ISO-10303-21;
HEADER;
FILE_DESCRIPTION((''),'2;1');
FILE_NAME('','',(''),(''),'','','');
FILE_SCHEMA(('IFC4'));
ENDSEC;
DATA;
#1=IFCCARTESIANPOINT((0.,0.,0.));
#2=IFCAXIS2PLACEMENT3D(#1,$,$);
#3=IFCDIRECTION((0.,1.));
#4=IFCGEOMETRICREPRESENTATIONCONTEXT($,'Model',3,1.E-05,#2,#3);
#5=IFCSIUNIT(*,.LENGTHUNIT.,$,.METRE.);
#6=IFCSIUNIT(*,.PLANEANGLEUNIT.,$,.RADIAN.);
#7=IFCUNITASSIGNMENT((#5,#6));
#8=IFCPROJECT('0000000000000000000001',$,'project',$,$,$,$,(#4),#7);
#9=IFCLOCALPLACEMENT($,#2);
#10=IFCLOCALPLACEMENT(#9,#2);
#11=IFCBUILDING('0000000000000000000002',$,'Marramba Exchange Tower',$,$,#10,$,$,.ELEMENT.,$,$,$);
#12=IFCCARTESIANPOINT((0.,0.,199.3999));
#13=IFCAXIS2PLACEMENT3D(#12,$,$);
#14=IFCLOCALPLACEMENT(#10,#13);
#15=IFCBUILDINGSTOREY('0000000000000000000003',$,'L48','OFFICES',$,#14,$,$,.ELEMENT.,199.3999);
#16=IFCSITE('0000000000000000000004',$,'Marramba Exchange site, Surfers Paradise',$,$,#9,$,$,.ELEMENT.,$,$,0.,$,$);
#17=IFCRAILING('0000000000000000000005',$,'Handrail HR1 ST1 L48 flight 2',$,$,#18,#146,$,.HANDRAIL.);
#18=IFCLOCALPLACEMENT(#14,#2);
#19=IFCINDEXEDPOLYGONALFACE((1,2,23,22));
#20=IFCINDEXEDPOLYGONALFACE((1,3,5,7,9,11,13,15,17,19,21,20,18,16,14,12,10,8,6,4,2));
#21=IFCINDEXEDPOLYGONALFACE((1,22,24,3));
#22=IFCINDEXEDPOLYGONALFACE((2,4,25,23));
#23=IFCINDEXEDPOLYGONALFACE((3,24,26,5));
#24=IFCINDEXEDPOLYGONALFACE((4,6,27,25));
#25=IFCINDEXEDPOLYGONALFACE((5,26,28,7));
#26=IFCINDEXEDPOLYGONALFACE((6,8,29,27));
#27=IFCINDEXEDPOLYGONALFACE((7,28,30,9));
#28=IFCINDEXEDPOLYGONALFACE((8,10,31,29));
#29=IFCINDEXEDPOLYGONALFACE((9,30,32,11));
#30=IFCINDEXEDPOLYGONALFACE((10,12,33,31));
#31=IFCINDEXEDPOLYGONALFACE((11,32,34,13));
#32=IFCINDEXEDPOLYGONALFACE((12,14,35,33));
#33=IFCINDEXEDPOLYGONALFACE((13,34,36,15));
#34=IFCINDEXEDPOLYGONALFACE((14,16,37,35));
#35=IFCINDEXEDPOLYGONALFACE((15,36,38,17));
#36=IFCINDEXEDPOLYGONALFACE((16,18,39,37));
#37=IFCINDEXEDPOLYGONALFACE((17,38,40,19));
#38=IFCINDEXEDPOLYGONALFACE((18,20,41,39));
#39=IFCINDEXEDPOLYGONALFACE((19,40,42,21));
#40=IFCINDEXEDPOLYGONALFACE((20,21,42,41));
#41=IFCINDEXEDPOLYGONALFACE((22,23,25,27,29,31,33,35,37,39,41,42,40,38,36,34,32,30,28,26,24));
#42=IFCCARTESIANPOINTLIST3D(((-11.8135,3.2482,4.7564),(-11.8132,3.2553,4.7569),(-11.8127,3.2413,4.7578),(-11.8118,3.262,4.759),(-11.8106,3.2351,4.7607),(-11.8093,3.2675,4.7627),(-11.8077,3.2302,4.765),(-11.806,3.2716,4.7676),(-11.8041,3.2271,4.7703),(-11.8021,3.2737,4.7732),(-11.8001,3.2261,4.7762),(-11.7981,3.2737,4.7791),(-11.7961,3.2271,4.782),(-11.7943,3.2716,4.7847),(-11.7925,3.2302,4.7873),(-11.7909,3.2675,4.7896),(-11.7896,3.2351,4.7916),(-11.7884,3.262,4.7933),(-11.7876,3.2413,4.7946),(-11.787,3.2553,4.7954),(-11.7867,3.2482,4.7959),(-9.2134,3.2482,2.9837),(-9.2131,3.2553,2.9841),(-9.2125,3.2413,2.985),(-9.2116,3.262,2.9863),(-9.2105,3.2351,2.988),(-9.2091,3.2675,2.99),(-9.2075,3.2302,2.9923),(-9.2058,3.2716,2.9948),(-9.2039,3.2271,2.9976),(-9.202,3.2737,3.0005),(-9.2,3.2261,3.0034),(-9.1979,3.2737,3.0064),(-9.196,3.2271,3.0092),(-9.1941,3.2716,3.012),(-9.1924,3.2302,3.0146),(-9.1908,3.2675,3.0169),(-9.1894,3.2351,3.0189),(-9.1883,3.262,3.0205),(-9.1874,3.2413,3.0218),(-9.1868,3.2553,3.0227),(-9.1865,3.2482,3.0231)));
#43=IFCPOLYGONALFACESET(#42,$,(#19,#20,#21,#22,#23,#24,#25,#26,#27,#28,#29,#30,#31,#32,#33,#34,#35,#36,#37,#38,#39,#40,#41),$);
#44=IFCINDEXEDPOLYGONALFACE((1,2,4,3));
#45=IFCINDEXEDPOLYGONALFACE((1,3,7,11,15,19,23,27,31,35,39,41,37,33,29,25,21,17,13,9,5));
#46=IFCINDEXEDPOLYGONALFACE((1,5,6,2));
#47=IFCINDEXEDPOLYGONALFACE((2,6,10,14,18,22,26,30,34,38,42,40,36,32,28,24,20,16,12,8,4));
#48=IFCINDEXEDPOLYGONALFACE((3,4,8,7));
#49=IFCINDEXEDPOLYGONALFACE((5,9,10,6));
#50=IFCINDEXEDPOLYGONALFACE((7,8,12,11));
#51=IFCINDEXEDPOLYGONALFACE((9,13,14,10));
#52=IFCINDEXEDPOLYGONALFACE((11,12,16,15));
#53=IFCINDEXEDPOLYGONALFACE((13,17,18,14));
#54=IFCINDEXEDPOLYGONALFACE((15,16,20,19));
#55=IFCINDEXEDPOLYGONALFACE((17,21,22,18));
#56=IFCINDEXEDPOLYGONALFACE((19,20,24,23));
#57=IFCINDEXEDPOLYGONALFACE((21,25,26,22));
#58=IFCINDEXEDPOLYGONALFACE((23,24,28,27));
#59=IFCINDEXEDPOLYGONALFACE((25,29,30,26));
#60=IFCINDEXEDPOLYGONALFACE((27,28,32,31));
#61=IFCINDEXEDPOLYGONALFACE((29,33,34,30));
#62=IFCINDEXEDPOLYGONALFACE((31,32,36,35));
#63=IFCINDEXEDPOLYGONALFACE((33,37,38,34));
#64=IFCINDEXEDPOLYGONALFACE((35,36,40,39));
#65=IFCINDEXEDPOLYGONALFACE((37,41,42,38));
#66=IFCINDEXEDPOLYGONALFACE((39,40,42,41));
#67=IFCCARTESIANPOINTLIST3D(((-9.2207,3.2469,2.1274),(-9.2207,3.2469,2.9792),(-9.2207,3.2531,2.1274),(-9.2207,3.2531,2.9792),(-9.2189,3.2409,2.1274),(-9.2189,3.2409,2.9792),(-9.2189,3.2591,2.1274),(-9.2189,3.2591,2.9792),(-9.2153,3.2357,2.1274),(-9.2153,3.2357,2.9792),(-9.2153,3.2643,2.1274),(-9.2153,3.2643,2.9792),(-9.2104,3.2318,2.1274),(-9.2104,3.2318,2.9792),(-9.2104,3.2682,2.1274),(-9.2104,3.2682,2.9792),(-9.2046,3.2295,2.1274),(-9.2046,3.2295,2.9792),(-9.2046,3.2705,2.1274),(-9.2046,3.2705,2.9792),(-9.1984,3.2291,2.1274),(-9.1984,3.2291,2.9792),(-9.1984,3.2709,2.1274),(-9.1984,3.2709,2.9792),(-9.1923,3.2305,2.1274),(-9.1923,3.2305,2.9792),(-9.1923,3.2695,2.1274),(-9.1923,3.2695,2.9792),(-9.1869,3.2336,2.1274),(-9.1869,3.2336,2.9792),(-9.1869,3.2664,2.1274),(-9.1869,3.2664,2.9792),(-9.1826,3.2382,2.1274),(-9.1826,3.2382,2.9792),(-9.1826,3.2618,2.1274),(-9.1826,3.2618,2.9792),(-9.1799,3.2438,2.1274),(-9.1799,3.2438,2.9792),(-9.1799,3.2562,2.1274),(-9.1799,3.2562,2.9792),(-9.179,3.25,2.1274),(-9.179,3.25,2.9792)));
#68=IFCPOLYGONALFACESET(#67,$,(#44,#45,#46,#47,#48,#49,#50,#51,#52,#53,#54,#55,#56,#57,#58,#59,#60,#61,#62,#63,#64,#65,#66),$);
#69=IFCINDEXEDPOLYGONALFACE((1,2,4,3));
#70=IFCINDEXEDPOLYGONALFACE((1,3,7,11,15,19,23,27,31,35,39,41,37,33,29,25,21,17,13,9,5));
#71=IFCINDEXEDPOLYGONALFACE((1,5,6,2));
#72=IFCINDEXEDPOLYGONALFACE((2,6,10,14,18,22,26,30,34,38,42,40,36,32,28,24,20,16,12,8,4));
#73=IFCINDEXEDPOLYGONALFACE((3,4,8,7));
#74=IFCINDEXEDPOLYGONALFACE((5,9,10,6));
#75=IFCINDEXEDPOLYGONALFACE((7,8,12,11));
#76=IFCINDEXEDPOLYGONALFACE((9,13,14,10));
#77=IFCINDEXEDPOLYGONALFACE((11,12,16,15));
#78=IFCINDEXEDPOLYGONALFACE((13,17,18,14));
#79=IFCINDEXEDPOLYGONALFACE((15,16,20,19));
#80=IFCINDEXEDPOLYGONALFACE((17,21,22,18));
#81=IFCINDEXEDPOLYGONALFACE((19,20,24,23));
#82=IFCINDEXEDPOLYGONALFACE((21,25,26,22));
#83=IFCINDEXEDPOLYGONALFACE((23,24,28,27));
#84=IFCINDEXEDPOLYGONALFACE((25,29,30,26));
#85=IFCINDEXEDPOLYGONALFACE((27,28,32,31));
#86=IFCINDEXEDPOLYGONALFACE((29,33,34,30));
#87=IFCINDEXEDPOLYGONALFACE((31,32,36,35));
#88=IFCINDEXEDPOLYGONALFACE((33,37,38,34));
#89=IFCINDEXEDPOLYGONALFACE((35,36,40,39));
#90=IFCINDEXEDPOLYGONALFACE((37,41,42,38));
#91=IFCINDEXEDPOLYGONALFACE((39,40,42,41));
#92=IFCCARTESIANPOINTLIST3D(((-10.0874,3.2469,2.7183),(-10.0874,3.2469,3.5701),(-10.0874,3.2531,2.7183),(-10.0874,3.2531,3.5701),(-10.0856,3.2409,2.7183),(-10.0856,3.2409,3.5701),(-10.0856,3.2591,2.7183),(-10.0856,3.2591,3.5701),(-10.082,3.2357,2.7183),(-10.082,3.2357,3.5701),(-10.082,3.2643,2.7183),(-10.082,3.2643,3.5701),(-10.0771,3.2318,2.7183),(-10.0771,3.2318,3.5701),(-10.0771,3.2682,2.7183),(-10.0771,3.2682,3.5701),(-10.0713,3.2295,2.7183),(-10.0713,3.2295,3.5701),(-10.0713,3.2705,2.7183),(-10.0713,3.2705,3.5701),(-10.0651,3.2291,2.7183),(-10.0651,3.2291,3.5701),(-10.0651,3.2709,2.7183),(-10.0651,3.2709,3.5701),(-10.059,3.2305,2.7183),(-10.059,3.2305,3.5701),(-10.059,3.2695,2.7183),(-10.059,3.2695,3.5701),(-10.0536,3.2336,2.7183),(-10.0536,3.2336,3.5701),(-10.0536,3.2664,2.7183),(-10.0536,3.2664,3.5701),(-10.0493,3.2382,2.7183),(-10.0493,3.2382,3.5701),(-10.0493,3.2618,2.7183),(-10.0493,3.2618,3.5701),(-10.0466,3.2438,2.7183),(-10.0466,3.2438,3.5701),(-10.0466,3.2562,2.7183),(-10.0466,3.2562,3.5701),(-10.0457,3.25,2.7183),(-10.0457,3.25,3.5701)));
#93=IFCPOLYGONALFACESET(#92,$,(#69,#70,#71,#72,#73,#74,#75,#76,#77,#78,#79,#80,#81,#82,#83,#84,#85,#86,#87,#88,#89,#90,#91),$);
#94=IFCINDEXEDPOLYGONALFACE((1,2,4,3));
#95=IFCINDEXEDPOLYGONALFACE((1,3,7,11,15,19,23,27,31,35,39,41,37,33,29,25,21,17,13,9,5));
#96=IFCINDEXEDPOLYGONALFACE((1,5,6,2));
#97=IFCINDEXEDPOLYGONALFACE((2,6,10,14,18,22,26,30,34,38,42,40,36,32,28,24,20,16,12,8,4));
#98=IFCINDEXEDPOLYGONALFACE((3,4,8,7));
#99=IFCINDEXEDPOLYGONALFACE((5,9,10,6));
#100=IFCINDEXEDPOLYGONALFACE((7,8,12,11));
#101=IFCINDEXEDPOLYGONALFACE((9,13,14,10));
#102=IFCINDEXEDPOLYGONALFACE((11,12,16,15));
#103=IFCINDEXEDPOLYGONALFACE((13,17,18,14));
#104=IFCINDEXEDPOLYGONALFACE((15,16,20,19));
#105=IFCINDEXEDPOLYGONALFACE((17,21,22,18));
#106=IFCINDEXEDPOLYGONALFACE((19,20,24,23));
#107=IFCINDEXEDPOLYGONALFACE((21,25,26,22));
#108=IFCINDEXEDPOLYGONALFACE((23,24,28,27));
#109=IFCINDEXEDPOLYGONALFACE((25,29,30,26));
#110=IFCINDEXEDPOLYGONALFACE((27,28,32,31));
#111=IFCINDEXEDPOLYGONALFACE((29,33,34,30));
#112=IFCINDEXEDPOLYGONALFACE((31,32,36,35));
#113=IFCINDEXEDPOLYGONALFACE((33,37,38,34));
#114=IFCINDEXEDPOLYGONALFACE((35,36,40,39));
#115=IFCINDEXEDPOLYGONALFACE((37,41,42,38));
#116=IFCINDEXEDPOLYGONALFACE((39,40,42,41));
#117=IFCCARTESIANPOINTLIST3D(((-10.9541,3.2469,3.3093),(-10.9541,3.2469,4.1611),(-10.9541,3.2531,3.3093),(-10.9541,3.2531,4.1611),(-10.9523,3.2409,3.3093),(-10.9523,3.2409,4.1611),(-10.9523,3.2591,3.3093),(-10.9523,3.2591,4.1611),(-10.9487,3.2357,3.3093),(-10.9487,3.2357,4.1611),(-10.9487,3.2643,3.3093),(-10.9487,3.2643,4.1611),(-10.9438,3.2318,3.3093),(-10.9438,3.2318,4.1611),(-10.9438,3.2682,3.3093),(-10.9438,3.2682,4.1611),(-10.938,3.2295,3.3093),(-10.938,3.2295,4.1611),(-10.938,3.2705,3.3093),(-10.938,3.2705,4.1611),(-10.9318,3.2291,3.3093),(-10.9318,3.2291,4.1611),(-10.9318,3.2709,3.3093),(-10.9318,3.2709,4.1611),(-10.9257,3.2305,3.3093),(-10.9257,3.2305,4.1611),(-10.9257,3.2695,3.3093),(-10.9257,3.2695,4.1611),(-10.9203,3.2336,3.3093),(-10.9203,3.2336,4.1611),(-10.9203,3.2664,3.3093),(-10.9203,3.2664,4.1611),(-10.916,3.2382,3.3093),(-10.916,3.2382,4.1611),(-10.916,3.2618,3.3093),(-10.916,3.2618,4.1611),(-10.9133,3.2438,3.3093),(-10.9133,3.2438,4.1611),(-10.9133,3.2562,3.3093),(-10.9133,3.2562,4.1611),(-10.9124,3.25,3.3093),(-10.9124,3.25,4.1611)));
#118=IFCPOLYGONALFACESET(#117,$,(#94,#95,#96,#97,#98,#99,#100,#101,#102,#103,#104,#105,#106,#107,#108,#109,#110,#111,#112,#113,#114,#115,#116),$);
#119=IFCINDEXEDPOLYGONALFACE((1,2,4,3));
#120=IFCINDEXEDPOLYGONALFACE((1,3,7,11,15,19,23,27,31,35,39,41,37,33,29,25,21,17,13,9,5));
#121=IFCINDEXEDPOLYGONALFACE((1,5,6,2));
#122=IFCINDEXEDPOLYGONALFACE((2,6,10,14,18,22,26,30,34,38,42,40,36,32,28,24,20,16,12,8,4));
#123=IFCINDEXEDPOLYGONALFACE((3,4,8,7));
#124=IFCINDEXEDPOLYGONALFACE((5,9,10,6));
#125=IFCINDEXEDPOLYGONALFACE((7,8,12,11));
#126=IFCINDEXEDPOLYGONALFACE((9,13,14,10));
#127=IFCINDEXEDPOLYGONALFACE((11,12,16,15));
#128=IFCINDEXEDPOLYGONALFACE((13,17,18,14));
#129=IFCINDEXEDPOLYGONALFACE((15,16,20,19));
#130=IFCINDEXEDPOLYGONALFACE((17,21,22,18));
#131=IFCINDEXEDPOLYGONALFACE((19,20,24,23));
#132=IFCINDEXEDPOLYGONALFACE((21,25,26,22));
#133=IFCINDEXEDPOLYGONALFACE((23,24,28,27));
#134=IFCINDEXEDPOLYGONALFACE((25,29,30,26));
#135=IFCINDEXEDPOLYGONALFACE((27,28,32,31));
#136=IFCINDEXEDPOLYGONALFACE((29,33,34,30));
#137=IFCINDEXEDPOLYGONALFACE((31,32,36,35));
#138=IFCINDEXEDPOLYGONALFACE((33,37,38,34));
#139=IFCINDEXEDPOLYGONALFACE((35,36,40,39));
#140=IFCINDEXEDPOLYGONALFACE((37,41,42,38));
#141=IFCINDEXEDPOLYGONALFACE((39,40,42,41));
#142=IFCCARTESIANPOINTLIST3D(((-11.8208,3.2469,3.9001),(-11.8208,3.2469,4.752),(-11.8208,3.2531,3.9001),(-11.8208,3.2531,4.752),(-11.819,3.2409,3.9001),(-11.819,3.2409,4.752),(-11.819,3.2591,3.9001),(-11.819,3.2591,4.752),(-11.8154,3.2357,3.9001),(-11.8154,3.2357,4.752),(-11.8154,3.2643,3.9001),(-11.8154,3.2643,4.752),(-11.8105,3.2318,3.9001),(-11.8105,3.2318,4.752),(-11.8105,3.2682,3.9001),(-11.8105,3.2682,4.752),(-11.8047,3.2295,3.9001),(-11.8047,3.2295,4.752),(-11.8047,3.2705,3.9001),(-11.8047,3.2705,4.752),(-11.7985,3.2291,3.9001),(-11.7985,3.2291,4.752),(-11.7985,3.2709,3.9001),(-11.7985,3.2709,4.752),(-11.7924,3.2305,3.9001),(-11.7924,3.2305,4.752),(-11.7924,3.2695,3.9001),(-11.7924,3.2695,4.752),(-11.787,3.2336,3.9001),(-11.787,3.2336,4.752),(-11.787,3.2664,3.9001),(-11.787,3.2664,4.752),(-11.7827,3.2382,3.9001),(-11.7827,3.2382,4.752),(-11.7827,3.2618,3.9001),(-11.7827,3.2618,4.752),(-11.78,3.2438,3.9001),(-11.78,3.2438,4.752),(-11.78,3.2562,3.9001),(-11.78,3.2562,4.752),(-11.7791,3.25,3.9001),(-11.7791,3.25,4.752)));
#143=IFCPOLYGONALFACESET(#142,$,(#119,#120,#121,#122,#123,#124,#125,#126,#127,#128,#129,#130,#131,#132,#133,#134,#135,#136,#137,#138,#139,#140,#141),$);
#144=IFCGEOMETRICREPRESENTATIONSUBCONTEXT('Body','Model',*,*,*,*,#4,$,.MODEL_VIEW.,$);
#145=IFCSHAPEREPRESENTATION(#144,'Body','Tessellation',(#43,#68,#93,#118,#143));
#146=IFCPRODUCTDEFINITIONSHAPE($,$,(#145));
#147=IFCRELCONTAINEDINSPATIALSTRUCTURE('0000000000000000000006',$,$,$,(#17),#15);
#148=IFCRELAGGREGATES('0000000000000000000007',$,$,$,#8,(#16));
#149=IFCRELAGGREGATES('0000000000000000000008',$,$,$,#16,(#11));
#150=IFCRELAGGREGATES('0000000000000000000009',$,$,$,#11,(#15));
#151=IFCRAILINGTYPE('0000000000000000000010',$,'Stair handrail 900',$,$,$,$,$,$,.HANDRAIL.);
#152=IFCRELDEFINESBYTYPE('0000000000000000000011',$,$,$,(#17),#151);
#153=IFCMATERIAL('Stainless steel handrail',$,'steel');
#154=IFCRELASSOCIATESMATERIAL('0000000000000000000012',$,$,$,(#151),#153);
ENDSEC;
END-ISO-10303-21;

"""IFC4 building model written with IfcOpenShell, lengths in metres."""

from ifc_helpers import new_model, si_unit, direction, frame, origin, origin_2d, place, context, subcontext, project, spatial, circle, extrude, material, type_object, element, save


model = new_model("IFC4")

# Units and contexts
model_context = context("Model", 3, precision=1e-05, world=origin(), true_north=direction((0.0, 1.0)))
body_context = subcontext(model_context, "Body", "Model", "MODEL_VIEW")
ifc_project = project(units=[si_unit("LENGTHUNIT", "METRE"), si_unit("PLANEANGLEUNIT", "RADIAN")], contexts=[model_context])

# Site, building, storey
site_placement = place(None, origin())
site = spatial("IfcSite", under=ifc_project, at=site_placement, Name="Marramba Exchange site, Surfers Paradise", CompositionType="ELEMENT", RefElevation=0.0)
building_placement = place(site_placement, origin())
building = spatial("IfcBuilding", under=site, at=building_placement, Name="Marramba Exchange Tower", CompositionType="ELEMENT")
storey_placement = place(building_placement, frame((0.0, 0.0, 199.3999)))
storey = spatial("IfcBuildingStorey", under=building, at=storey_placement, Name="L48", Description="OFFICES", CompositionType="ELEMENT", Elevation=199.3999)

# Railing
ifc_material_1 = material(Name="Stainless steel handrail", Category="steel")
railing_type = type_object("IfcRailingType", Name="Stair handrail 900", PredefinedType="HANDRAIL", material=ifc_material_1)
railing_1_placement = place(storey_placement, frame((-9.2, 3.25, 2.1274)))
element("IfcRailing", 1, at=railing_1_placement, inside=storey, type_object=railing_type, Name="Handrail HR1 ST1 L48 flight 2", PredefinedType="HANDRAIL", context=body_context, shape_type="SweptSolid", body=[
    extrude(circle(Radius=0.0239, at=origin_2d()), frame((0.0, 0.0, 0.876), z_axis=(-0.82624, 0.0, 0.563318), x_axis=(0.0, -1.0, 0.0)), (0.0, 0.0, 1.0), 3.147),
    extrude(circle(Radius=0.021, at=origin_2d()), origin(), (0.0, 0.0, 1.0), 0.8518),
    extrude(circle(Radius=0.021, at=origin_2d()), frame((-0.8667, 0.0, 0.5908)), (0.0, 0.0, 1.0), 0.8518),
    extrude(circle(Radius=0.021, at=origin_2d()), frame((-1.7334, 0.0, 1.1819)), (0.0, 0.0, 1.0), 0.8518),
    extrude(circle(Radius=0.021, at=origin_2d()), frame((-2.6001, 0.0, 1.7727)), (0.0, 0.0, 1.0), 0.8518),
])

save(model, "model.ifc")
